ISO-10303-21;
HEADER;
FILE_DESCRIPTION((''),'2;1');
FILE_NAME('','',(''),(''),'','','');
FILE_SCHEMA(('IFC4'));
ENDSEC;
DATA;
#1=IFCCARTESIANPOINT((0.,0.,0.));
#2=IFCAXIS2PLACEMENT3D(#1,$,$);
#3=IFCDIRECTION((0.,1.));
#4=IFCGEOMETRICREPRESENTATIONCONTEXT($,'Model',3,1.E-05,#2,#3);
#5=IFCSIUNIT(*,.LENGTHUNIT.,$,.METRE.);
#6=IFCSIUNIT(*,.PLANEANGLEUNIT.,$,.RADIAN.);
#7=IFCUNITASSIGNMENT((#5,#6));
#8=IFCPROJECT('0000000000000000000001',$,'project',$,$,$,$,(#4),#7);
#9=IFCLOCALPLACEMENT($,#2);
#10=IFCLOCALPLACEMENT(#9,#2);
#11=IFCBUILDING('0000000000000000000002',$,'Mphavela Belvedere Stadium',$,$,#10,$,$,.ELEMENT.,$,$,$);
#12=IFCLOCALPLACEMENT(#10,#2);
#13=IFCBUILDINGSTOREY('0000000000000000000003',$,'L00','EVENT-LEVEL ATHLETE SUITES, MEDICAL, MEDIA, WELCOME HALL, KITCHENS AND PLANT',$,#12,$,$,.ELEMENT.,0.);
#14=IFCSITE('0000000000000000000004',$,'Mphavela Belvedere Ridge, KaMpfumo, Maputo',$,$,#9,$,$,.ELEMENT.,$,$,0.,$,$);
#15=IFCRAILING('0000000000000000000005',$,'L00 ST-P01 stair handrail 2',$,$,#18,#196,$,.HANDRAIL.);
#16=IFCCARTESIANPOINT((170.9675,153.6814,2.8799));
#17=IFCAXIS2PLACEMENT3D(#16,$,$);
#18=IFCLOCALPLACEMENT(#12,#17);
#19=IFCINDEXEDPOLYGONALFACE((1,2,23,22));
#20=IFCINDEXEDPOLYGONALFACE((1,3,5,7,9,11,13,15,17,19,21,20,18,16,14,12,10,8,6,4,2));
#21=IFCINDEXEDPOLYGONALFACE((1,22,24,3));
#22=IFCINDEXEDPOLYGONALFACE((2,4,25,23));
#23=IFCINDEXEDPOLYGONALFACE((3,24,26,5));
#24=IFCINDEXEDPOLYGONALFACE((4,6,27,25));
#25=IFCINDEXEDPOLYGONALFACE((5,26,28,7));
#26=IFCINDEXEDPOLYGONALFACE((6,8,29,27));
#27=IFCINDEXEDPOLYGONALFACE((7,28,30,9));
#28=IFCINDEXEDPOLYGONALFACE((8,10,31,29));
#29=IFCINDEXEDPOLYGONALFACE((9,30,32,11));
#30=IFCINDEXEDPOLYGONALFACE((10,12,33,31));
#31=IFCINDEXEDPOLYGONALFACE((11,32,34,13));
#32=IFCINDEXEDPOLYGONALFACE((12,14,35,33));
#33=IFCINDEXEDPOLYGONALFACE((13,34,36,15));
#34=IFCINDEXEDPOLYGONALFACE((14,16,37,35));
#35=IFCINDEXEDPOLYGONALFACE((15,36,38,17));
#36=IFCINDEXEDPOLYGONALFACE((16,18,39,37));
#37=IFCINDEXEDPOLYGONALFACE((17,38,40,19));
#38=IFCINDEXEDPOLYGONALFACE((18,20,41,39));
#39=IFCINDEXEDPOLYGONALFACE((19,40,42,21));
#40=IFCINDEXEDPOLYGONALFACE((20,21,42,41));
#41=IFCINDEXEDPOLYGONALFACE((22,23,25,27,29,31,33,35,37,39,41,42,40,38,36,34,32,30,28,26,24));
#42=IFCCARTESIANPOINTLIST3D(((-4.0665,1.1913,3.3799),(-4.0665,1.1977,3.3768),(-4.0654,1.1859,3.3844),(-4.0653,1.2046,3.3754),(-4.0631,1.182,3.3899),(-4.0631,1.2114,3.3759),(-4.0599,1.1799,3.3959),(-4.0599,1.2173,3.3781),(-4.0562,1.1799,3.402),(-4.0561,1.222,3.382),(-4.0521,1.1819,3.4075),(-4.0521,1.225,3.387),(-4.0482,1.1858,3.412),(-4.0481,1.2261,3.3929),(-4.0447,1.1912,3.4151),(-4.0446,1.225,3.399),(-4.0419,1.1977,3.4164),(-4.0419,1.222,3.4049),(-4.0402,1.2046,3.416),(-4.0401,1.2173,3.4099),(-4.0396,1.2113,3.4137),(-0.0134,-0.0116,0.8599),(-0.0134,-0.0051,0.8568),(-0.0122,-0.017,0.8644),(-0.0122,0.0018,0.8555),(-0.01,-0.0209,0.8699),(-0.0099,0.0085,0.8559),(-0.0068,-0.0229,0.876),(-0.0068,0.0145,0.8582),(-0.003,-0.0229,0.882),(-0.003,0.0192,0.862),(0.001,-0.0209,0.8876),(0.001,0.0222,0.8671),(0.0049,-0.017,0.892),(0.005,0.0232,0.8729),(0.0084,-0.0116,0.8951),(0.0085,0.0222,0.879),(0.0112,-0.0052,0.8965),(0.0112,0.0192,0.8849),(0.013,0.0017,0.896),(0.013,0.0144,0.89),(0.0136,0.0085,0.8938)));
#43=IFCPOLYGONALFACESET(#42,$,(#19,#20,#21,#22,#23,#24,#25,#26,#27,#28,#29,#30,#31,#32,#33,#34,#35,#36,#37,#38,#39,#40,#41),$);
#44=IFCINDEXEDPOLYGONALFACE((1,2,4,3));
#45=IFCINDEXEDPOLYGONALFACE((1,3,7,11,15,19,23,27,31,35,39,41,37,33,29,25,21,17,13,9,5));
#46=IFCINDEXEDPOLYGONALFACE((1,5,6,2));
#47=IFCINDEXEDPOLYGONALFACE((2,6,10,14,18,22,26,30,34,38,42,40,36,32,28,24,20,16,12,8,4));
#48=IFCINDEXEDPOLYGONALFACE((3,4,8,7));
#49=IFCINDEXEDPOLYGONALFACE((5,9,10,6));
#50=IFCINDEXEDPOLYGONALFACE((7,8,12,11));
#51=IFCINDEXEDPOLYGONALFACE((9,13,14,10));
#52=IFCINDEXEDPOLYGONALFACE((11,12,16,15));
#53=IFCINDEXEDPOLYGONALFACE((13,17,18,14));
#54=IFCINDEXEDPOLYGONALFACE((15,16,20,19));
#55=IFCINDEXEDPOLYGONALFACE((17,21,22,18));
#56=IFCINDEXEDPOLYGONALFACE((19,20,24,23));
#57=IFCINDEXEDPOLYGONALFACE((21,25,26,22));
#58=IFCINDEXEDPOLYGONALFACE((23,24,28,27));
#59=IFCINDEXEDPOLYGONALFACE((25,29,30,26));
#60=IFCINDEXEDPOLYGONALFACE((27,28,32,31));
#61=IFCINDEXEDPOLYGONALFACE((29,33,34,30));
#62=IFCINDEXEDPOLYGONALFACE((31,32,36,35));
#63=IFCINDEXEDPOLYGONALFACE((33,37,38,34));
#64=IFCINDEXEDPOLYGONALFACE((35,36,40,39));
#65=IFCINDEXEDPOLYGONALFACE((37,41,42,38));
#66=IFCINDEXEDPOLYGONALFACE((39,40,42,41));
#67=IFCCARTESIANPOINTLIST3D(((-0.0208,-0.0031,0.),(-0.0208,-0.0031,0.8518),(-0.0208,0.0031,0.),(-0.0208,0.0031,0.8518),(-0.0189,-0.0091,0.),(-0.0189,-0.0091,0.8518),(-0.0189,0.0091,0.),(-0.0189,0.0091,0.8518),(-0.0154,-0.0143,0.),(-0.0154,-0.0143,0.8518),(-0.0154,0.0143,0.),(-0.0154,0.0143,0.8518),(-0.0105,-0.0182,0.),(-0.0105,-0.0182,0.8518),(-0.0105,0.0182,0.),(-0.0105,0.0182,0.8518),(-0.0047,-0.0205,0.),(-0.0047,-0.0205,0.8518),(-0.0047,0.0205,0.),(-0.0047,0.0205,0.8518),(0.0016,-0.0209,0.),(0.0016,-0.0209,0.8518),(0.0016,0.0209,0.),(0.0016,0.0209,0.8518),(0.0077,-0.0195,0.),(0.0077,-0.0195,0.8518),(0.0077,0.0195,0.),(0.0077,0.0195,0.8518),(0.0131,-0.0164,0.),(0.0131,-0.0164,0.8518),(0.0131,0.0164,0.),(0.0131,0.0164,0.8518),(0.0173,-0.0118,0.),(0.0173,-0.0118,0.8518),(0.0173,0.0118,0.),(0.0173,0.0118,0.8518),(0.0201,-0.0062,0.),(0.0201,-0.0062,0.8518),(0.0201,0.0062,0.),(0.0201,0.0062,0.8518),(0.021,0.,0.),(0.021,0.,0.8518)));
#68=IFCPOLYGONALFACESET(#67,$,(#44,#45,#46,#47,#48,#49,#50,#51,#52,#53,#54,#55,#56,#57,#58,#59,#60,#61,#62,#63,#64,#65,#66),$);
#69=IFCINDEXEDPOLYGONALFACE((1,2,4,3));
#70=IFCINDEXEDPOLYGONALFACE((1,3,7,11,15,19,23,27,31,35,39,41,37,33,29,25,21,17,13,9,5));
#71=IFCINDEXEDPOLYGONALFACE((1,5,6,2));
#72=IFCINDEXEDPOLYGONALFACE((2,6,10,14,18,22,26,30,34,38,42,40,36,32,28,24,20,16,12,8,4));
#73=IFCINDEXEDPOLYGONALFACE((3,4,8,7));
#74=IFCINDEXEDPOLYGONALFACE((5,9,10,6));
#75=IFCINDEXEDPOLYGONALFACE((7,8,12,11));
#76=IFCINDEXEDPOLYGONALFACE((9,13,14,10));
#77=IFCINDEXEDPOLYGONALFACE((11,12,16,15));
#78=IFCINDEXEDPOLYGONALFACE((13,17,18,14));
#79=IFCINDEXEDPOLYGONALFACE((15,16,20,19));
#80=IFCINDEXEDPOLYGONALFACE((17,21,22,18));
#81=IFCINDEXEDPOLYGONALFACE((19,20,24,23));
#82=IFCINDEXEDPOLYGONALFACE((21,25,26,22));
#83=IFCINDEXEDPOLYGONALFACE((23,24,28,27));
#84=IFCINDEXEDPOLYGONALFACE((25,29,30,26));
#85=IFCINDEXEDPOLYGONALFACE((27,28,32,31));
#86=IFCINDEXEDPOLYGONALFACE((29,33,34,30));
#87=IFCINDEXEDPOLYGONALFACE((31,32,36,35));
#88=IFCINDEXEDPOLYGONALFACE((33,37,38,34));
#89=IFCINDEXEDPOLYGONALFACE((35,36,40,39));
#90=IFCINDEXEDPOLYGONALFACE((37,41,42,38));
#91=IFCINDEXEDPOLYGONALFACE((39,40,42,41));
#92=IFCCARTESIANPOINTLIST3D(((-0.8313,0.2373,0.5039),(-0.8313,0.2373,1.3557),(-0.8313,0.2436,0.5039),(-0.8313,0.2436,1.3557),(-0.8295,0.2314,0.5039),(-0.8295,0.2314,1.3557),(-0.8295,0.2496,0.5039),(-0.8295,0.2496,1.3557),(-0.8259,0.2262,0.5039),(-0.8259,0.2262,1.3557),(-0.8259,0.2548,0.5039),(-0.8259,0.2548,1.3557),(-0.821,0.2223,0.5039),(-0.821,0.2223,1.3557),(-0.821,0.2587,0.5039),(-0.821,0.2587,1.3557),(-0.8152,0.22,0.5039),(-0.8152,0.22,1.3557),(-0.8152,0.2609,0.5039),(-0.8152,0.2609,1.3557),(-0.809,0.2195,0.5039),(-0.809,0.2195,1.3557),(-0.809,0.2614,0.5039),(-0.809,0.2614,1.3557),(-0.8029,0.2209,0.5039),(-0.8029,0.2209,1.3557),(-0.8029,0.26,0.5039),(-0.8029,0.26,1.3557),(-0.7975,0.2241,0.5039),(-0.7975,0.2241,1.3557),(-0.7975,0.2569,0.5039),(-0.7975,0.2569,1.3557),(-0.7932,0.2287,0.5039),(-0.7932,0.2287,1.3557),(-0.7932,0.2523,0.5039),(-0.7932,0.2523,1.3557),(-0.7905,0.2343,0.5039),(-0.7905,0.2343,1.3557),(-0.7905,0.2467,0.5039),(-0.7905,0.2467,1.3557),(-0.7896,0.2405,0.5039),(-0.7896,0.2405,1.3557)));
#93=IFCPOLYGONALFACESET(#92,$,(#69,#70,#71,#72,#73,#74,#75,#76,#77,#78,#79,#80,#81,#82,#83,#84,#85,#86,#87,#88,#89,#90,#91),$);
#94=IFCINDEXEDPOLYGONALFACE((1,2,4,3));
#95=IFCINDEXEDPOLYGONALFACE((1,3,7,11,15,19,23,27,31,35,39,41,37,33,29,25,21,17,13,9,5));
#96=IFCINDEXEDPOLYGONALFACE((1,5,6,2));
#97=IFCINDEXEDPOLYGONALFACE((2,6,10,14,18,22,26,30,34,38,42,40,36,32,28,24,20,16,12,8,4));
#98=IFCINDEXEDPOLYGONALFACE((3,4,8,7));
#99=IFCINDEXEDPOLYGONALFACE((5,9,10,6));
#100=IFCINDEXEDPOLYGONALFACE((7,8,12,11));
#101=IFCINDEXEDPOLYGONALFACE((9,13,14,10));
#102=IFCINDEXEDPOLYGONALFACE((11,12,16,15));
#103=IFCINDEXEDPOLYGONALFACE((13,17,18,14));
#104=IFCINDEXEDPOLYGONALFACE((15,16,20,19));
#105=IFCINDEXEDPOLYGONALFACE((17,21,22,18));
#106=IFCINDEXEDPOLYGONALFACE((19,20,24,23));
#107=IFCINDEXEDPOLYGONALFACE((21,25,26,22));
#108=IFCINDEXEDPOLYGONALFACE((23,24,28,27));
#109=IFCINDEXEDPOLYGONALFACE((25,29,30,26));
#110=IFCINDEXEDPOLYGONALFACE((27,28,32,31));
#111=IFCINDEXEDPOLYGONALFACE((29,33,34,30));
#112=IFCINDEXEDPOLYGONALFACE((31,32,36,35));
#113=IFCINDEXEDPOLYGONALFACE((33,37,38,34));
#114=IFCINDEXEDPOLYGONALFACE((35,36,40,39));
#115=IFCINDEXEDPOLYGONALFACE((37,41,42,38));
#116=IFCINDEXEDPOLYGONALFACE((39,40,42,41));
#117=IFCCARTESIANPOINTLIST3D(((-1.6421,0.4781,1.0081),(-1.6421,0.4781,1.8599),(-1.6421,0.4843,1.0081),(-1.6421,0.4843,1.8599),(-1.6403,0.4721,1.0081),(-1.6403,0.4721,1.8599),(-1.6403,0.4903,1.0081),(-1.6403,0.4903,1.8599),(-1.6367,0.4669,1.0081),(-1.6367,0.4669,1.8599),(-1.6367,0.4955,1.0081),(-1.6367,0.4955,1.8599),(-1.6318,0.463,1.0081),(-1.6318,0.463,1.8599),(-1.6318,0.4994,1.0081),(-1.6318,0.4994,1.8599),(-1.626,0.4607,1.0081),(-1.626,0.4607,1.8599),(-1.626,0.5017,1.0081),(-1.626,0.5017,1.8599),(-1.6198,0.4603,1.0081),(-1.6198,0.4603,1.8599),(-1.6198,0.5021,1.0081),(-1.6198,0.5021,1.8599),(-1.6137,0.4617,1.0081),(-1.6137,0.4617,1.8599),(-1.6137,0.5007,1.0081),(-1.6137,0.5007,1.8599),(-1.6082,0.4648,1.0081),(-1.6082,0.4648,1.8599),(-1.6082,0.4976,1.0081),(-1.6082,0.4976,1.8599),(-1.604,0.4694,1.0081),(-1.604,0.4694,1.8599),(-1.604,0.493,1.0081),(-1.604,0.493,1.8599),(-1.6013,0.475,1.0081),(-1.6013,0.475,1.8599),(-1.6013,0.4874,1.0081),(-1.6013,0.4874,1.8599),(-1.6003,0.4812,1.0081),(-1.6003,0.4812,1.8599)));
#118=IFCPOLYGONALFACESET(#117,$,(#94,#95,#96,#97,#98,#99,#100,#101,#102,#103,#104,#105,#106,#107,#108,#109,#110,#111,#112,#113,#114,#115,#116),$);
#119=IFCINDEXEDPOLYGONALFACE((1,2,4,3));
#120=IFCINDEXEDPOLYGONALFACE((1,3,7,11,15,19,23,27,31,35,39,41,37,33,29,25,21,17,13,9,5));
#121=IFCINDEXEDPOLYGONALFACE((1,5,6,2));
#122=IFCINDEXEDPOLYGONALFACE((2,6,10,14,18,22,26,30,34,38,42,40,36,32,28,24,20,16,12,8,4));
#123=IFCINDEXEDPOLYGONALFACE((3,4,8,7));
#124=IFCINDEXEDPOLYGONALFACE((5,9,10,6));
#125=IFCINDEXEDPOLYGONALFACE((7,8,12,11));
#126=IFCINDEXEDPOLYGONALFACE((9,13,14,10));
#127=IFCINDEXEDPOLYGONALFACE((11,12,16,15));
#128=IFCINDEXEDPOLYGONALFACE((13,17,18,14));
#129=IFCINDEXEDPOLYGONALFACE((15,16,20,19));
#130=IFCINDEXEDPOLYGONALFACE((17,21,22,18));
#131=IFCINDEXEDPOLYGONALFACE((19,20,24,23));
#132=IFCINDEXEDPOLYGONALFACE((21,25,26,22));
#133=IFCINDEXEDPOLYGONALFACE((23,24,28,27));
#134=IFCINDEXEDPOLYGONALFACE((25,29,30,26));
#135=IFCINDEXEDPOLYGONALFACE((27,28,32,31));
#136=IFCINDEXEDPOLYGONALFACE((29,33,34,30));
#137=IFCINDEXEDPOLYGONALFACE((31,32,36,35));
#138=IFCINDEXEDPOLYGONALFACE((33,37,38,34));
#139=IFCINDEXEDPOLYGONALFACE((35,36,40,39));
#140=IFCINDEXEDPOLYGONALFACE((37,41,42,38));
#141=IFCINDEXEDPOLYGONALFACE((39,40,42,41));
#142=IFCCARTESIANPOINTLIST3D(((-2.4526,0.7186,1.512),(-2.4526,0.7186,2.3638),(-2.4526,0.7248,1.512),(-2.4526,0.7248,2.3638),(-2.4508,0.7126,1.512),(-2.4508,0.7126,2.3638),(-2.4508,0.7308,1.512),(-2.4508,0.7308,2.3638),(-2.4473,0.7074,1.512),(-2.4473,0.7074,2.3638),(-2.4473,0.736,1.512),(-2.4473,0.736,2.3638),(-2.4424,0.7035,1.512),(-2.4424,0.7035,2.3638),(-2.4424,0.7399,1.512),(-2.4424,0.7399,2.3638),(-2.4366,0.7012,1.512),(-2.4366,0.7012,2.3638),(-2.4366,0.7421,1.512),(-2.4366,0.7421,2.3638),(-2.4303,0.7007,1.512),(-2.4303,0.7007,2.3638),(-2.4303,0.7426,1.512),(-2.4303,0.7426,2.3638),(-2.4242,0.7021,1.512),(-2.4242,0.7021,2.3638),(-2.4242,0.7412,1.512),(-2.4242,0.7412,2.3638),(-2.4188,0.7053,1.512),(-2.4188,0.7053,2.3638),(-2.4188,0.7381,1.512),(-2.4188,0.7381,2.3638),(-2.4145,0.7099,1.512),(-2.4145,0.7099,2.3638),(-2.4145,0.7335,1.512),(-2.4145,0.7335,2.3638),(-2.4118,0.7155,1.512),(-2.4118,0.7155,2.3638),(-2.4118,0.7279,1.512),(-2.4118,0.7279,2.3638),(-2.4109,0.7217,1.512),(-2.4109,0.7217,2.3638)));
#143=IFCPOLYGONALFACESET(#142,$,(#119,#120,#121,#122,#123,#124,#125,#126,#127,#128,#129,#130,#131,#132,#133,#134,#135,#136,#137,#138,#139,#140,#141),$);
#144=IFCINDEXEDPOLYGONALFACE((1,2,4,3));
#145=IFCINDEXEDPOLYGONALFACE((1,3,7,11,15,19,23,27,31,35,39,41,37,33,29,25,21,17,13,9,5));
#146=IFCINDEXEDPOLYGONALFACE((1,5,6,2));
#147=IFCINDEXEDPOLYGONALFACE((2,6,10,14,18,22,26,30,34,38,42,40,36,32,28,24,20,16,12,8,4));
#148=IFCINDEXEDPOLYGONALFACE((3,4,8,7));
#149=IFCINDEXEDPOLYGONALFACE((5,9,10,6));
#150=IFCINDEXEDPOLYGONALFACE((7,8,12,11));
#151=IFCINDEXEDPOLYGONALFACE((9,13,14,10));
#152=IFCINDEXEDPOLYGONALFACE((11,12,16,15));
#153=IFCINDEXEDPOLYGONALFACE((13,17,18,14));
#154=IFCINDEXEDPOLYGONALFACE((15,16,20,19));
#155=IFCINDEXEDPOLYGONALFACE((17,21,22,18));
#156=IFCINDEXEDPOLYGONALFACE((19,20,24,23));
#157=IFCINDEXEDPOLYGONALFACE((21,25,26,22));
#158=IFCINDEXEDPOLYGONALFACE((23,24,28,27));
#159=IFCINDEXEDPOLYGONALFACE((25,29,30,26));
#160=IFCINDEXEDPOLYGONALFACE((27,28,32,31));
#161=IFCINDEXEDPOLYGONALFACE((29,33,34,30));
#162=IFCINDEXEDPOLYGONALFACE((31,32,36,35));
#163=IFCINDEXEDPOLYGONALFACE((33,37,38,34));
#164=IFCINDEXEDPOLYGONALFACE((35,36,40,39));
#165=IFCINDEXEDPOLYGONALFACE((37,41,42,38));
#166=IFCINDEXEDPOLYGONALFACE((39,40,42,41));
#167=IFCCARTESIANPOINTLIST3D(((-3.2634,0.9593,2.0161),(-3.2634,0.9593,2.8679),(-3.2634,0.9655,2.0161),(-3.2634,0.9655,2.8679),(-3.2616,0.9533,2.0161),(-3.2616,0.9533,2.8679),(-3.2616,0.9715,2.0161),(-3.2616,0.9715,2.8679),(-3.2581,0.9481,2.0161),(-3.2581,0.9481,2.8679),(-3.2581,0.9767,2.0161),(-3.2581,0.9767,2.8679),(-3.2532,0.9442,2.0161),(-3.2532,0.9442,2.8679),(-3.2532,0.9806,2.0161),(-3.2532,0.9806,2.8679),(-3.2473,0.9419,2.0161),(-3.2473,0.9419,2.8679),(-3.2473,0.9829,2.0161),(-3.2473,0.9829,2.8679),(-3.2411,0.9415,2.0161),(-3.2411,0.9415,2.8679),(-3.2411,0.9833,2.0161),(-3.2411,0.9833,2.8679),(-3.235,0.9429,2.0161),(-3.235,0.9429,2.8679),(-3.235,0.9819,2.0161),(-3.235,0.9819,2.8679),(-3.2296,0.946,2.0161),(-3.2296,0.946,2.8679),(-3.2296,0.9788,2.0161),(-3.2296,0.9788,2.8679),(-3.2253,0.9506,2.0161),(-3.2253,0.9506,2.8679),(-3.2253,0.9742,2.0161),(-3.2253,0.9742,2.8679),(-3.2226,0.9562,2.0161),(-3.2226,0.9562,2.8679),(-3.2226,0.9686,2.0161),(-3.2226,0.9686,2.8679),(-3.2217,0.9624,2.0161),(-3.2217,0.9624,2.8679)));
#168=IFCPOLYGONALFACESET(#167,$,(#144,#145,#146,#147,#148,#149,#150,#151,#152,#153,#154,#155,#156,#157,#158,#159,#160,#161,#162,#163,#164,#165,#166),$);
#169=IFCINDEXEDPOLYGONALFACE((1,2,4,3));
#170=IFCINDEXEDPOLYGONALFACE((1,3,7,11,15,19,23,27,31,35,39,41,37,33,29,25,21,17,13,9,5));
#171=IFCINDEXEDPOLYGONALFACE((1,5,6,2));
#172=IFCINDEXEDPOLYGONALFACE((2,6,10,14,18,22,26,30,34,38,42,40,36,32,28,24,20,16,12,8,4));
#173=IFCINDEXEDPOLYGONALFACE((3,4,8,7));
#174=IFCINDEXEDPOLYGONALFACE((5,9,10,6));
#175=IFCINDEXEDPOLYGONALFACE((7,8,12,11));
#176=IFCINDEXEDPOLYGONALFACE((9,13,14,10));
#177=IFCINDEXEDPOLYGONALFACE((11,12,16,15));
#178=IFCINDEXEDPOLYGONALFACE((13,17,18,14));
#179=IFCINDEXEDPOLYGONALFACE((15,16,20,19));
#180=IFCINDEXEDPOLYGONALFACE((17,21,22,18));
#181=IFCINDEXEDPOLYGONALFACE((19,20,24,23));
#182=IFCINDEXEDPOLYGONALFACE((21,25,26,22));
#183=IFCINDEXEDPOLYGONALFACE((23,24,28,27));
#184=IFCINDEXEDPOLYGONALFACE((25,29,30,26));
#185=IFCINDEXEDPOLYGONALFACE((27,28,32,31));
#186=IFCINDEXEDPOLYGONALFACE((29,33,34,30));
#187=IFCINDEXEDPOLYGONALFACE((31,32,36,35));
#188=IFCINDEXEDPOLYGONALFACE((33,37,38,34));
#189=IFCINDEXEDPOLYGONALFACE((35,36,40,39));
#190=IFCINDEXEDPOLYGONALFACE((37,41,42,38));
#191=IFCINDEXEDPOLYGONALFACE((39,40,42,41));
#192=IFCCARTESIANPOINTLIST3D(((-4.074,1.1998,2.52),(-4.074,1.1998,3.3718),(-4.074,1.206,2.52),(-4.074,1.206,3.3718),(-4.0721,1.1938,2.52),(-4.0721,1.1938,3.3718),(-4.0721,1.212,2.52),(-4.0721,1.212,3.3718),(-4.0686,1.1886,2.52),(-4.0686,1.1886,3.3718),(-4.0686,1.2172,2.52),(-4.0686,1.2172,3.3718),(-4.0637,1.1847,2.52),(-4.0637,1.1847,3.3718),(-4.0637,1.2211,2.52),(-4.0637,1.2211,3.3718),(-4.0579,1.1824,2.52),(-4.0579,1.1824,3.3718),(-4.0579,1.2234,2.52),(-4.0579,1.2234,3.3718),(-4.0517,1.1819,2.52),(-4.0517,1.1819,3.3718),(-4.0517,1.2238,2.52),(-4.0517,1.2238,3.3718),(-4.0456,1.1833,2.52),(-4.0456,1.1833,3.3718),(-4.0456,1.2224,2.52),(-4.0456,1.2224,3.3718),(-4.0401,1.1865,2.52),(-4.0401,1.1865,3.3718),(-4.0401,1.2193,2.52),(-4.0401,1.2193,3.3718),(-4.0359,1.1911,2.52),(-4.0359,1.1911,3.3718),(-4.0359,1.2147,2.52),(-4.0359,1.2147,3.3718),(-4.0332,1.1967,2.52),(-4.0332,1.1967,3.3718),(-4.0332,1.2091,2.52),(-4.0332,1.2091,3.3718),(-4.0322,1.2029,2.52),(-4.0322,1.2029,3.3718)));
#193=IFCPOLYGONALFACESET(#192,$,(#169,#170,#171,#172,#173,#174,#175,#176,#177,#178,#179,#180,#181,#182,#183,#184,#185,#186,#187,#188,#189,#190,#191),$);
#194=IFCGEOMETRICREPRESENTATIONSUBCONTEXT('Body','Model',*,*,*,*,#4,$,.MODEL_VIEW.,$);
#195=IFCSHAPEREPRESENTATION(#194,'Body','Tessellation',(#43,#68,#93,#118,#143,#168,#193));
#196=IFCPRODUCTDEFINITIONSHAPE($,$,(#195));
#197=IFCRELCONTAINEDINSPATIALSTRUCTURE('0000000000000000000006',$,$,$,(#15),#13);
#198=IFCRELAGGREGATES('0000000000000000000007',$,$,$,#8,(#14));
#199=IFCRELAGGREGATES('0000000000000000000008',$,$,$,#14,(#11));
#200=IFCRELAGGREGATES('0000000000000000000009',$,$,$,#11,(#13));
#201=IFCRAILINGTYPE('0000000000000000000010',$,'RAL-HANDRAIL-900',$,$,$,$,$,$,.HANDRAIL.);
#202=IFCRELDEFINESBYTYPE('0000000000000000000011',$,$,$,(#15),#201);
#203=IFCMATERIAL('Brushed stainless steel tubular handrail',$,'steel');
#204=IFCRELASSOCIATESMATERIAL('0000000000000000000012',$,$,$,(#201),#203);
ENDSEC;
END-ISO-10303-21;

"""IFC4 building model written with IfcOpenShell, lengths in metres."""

from ifc_helpers import new_model, si_unit, direction, frame, origin, origin_2d, place, context, subcontext, project, spatial, circle, extrude, material, type_object, element, save


model = new_model("IFC4")

# Units and contexts
model_context = context("Model", 3, precision=1e-05, world=origin(), true_north=direction((0.0, 1.0)))
body_context = subcontext(model_context, "Body", "Model", "MODEL_VIEW")
ifc_project = project(units=[si_unit("LENGTHUNIT", "METRE"), si_unit("PLANEANGLEUNIT", "RADIAN")], contexts=[model_context])

# Site, building, storey
site_placement = place(None, origin())
site = spatial("IfcSite", under=ifc_project, at=site_placement, Name="Mphavela Belvedere Ridge, KaMpfumo, Maputo", CompositionType="ELEMENT", RefElevation=0.0)
building_placement = place(site_placement, origin())
building = spatial("IfcBuilding", under=site, at=building_placement, Name="Mphavela Belvedere Stadium", CompositionType="ELEMENT")
storey_placement = place(building_placement, origin())
storey = spatial("IfcBuildingStorey", under=building, at=storey_placement, Name="L00", Description="EVENT-LEVEL ATHLETE SUITES, MEDICAL, MEDIA, WELCOME HALL, KITCHENS AND PLANT", CompositionType="ELEMENT", Elevation=0.0)

# Railing
ifc_material_1 = material(Name="Brushed stainless steel tubular handrail", Category="steel")
railing_type = type_object("IfcRailingType", Name="RAL-HANDRAIL-900", PredefinedType="HANDRAIL", material=ifc_material_1)
railing_placement = place(storey_placement, frame((170.9675, 153.6814, 2.8799)))
element("IfcRailing", 1, at=railing_placement, inside=storey, type_object=railing_type, Name="L00 ST-P01 stair handrail 2", PredefinedType="HANDRAIL", context=body_context, shape_type="SweptSolid", body=[
    extrude(circle(Radius=0.0239, at=origin_2d()), frame((0.0, 0.0, 0.876), z_axis=(-0.823492, 0.244389, 0.511991), x_axis=(-0.284507, -0.958674, 0.0)), (0.0, 0.0, 1.0), 4.9219),
    extrude(circle(Radius=0.021, at=origin_2d()), origin(), (0.0, 0.0, 1.0), 0.8518),
    extrude(circle(Radius=0.021, at=origin_2d()), frame((-0.8105, 0.2405, 0.5039)), (0.0, 0.0, 1.0), 0.8518),
    extrude(circle(Radius=0.021, at=origin_2d()), frame((-1.6213, 0.4812, 1.0081)), (0.0, 0.0, 1.0), 0.8518),
    extrude(circle(Radius=0.021, at=origin_2d()), frame((-2.4319, 0.7217, 1.512)), (0.0, 0.0, 1.0), 0.8518),
    extrude(circle(Radius=0.021, at=origin_2d()), frame((-3.2427, 0.9624, 2.0161)), (0.0, 0.0, 1.0), 0.8518),
    extrude(circle(Radius=0.021, at=origin_2d()), frame((-4.0532, 1.2029, 2.52)), (0.0, 0.0, 1.0), 0.8518),
])

save(model, "model.ifc")
